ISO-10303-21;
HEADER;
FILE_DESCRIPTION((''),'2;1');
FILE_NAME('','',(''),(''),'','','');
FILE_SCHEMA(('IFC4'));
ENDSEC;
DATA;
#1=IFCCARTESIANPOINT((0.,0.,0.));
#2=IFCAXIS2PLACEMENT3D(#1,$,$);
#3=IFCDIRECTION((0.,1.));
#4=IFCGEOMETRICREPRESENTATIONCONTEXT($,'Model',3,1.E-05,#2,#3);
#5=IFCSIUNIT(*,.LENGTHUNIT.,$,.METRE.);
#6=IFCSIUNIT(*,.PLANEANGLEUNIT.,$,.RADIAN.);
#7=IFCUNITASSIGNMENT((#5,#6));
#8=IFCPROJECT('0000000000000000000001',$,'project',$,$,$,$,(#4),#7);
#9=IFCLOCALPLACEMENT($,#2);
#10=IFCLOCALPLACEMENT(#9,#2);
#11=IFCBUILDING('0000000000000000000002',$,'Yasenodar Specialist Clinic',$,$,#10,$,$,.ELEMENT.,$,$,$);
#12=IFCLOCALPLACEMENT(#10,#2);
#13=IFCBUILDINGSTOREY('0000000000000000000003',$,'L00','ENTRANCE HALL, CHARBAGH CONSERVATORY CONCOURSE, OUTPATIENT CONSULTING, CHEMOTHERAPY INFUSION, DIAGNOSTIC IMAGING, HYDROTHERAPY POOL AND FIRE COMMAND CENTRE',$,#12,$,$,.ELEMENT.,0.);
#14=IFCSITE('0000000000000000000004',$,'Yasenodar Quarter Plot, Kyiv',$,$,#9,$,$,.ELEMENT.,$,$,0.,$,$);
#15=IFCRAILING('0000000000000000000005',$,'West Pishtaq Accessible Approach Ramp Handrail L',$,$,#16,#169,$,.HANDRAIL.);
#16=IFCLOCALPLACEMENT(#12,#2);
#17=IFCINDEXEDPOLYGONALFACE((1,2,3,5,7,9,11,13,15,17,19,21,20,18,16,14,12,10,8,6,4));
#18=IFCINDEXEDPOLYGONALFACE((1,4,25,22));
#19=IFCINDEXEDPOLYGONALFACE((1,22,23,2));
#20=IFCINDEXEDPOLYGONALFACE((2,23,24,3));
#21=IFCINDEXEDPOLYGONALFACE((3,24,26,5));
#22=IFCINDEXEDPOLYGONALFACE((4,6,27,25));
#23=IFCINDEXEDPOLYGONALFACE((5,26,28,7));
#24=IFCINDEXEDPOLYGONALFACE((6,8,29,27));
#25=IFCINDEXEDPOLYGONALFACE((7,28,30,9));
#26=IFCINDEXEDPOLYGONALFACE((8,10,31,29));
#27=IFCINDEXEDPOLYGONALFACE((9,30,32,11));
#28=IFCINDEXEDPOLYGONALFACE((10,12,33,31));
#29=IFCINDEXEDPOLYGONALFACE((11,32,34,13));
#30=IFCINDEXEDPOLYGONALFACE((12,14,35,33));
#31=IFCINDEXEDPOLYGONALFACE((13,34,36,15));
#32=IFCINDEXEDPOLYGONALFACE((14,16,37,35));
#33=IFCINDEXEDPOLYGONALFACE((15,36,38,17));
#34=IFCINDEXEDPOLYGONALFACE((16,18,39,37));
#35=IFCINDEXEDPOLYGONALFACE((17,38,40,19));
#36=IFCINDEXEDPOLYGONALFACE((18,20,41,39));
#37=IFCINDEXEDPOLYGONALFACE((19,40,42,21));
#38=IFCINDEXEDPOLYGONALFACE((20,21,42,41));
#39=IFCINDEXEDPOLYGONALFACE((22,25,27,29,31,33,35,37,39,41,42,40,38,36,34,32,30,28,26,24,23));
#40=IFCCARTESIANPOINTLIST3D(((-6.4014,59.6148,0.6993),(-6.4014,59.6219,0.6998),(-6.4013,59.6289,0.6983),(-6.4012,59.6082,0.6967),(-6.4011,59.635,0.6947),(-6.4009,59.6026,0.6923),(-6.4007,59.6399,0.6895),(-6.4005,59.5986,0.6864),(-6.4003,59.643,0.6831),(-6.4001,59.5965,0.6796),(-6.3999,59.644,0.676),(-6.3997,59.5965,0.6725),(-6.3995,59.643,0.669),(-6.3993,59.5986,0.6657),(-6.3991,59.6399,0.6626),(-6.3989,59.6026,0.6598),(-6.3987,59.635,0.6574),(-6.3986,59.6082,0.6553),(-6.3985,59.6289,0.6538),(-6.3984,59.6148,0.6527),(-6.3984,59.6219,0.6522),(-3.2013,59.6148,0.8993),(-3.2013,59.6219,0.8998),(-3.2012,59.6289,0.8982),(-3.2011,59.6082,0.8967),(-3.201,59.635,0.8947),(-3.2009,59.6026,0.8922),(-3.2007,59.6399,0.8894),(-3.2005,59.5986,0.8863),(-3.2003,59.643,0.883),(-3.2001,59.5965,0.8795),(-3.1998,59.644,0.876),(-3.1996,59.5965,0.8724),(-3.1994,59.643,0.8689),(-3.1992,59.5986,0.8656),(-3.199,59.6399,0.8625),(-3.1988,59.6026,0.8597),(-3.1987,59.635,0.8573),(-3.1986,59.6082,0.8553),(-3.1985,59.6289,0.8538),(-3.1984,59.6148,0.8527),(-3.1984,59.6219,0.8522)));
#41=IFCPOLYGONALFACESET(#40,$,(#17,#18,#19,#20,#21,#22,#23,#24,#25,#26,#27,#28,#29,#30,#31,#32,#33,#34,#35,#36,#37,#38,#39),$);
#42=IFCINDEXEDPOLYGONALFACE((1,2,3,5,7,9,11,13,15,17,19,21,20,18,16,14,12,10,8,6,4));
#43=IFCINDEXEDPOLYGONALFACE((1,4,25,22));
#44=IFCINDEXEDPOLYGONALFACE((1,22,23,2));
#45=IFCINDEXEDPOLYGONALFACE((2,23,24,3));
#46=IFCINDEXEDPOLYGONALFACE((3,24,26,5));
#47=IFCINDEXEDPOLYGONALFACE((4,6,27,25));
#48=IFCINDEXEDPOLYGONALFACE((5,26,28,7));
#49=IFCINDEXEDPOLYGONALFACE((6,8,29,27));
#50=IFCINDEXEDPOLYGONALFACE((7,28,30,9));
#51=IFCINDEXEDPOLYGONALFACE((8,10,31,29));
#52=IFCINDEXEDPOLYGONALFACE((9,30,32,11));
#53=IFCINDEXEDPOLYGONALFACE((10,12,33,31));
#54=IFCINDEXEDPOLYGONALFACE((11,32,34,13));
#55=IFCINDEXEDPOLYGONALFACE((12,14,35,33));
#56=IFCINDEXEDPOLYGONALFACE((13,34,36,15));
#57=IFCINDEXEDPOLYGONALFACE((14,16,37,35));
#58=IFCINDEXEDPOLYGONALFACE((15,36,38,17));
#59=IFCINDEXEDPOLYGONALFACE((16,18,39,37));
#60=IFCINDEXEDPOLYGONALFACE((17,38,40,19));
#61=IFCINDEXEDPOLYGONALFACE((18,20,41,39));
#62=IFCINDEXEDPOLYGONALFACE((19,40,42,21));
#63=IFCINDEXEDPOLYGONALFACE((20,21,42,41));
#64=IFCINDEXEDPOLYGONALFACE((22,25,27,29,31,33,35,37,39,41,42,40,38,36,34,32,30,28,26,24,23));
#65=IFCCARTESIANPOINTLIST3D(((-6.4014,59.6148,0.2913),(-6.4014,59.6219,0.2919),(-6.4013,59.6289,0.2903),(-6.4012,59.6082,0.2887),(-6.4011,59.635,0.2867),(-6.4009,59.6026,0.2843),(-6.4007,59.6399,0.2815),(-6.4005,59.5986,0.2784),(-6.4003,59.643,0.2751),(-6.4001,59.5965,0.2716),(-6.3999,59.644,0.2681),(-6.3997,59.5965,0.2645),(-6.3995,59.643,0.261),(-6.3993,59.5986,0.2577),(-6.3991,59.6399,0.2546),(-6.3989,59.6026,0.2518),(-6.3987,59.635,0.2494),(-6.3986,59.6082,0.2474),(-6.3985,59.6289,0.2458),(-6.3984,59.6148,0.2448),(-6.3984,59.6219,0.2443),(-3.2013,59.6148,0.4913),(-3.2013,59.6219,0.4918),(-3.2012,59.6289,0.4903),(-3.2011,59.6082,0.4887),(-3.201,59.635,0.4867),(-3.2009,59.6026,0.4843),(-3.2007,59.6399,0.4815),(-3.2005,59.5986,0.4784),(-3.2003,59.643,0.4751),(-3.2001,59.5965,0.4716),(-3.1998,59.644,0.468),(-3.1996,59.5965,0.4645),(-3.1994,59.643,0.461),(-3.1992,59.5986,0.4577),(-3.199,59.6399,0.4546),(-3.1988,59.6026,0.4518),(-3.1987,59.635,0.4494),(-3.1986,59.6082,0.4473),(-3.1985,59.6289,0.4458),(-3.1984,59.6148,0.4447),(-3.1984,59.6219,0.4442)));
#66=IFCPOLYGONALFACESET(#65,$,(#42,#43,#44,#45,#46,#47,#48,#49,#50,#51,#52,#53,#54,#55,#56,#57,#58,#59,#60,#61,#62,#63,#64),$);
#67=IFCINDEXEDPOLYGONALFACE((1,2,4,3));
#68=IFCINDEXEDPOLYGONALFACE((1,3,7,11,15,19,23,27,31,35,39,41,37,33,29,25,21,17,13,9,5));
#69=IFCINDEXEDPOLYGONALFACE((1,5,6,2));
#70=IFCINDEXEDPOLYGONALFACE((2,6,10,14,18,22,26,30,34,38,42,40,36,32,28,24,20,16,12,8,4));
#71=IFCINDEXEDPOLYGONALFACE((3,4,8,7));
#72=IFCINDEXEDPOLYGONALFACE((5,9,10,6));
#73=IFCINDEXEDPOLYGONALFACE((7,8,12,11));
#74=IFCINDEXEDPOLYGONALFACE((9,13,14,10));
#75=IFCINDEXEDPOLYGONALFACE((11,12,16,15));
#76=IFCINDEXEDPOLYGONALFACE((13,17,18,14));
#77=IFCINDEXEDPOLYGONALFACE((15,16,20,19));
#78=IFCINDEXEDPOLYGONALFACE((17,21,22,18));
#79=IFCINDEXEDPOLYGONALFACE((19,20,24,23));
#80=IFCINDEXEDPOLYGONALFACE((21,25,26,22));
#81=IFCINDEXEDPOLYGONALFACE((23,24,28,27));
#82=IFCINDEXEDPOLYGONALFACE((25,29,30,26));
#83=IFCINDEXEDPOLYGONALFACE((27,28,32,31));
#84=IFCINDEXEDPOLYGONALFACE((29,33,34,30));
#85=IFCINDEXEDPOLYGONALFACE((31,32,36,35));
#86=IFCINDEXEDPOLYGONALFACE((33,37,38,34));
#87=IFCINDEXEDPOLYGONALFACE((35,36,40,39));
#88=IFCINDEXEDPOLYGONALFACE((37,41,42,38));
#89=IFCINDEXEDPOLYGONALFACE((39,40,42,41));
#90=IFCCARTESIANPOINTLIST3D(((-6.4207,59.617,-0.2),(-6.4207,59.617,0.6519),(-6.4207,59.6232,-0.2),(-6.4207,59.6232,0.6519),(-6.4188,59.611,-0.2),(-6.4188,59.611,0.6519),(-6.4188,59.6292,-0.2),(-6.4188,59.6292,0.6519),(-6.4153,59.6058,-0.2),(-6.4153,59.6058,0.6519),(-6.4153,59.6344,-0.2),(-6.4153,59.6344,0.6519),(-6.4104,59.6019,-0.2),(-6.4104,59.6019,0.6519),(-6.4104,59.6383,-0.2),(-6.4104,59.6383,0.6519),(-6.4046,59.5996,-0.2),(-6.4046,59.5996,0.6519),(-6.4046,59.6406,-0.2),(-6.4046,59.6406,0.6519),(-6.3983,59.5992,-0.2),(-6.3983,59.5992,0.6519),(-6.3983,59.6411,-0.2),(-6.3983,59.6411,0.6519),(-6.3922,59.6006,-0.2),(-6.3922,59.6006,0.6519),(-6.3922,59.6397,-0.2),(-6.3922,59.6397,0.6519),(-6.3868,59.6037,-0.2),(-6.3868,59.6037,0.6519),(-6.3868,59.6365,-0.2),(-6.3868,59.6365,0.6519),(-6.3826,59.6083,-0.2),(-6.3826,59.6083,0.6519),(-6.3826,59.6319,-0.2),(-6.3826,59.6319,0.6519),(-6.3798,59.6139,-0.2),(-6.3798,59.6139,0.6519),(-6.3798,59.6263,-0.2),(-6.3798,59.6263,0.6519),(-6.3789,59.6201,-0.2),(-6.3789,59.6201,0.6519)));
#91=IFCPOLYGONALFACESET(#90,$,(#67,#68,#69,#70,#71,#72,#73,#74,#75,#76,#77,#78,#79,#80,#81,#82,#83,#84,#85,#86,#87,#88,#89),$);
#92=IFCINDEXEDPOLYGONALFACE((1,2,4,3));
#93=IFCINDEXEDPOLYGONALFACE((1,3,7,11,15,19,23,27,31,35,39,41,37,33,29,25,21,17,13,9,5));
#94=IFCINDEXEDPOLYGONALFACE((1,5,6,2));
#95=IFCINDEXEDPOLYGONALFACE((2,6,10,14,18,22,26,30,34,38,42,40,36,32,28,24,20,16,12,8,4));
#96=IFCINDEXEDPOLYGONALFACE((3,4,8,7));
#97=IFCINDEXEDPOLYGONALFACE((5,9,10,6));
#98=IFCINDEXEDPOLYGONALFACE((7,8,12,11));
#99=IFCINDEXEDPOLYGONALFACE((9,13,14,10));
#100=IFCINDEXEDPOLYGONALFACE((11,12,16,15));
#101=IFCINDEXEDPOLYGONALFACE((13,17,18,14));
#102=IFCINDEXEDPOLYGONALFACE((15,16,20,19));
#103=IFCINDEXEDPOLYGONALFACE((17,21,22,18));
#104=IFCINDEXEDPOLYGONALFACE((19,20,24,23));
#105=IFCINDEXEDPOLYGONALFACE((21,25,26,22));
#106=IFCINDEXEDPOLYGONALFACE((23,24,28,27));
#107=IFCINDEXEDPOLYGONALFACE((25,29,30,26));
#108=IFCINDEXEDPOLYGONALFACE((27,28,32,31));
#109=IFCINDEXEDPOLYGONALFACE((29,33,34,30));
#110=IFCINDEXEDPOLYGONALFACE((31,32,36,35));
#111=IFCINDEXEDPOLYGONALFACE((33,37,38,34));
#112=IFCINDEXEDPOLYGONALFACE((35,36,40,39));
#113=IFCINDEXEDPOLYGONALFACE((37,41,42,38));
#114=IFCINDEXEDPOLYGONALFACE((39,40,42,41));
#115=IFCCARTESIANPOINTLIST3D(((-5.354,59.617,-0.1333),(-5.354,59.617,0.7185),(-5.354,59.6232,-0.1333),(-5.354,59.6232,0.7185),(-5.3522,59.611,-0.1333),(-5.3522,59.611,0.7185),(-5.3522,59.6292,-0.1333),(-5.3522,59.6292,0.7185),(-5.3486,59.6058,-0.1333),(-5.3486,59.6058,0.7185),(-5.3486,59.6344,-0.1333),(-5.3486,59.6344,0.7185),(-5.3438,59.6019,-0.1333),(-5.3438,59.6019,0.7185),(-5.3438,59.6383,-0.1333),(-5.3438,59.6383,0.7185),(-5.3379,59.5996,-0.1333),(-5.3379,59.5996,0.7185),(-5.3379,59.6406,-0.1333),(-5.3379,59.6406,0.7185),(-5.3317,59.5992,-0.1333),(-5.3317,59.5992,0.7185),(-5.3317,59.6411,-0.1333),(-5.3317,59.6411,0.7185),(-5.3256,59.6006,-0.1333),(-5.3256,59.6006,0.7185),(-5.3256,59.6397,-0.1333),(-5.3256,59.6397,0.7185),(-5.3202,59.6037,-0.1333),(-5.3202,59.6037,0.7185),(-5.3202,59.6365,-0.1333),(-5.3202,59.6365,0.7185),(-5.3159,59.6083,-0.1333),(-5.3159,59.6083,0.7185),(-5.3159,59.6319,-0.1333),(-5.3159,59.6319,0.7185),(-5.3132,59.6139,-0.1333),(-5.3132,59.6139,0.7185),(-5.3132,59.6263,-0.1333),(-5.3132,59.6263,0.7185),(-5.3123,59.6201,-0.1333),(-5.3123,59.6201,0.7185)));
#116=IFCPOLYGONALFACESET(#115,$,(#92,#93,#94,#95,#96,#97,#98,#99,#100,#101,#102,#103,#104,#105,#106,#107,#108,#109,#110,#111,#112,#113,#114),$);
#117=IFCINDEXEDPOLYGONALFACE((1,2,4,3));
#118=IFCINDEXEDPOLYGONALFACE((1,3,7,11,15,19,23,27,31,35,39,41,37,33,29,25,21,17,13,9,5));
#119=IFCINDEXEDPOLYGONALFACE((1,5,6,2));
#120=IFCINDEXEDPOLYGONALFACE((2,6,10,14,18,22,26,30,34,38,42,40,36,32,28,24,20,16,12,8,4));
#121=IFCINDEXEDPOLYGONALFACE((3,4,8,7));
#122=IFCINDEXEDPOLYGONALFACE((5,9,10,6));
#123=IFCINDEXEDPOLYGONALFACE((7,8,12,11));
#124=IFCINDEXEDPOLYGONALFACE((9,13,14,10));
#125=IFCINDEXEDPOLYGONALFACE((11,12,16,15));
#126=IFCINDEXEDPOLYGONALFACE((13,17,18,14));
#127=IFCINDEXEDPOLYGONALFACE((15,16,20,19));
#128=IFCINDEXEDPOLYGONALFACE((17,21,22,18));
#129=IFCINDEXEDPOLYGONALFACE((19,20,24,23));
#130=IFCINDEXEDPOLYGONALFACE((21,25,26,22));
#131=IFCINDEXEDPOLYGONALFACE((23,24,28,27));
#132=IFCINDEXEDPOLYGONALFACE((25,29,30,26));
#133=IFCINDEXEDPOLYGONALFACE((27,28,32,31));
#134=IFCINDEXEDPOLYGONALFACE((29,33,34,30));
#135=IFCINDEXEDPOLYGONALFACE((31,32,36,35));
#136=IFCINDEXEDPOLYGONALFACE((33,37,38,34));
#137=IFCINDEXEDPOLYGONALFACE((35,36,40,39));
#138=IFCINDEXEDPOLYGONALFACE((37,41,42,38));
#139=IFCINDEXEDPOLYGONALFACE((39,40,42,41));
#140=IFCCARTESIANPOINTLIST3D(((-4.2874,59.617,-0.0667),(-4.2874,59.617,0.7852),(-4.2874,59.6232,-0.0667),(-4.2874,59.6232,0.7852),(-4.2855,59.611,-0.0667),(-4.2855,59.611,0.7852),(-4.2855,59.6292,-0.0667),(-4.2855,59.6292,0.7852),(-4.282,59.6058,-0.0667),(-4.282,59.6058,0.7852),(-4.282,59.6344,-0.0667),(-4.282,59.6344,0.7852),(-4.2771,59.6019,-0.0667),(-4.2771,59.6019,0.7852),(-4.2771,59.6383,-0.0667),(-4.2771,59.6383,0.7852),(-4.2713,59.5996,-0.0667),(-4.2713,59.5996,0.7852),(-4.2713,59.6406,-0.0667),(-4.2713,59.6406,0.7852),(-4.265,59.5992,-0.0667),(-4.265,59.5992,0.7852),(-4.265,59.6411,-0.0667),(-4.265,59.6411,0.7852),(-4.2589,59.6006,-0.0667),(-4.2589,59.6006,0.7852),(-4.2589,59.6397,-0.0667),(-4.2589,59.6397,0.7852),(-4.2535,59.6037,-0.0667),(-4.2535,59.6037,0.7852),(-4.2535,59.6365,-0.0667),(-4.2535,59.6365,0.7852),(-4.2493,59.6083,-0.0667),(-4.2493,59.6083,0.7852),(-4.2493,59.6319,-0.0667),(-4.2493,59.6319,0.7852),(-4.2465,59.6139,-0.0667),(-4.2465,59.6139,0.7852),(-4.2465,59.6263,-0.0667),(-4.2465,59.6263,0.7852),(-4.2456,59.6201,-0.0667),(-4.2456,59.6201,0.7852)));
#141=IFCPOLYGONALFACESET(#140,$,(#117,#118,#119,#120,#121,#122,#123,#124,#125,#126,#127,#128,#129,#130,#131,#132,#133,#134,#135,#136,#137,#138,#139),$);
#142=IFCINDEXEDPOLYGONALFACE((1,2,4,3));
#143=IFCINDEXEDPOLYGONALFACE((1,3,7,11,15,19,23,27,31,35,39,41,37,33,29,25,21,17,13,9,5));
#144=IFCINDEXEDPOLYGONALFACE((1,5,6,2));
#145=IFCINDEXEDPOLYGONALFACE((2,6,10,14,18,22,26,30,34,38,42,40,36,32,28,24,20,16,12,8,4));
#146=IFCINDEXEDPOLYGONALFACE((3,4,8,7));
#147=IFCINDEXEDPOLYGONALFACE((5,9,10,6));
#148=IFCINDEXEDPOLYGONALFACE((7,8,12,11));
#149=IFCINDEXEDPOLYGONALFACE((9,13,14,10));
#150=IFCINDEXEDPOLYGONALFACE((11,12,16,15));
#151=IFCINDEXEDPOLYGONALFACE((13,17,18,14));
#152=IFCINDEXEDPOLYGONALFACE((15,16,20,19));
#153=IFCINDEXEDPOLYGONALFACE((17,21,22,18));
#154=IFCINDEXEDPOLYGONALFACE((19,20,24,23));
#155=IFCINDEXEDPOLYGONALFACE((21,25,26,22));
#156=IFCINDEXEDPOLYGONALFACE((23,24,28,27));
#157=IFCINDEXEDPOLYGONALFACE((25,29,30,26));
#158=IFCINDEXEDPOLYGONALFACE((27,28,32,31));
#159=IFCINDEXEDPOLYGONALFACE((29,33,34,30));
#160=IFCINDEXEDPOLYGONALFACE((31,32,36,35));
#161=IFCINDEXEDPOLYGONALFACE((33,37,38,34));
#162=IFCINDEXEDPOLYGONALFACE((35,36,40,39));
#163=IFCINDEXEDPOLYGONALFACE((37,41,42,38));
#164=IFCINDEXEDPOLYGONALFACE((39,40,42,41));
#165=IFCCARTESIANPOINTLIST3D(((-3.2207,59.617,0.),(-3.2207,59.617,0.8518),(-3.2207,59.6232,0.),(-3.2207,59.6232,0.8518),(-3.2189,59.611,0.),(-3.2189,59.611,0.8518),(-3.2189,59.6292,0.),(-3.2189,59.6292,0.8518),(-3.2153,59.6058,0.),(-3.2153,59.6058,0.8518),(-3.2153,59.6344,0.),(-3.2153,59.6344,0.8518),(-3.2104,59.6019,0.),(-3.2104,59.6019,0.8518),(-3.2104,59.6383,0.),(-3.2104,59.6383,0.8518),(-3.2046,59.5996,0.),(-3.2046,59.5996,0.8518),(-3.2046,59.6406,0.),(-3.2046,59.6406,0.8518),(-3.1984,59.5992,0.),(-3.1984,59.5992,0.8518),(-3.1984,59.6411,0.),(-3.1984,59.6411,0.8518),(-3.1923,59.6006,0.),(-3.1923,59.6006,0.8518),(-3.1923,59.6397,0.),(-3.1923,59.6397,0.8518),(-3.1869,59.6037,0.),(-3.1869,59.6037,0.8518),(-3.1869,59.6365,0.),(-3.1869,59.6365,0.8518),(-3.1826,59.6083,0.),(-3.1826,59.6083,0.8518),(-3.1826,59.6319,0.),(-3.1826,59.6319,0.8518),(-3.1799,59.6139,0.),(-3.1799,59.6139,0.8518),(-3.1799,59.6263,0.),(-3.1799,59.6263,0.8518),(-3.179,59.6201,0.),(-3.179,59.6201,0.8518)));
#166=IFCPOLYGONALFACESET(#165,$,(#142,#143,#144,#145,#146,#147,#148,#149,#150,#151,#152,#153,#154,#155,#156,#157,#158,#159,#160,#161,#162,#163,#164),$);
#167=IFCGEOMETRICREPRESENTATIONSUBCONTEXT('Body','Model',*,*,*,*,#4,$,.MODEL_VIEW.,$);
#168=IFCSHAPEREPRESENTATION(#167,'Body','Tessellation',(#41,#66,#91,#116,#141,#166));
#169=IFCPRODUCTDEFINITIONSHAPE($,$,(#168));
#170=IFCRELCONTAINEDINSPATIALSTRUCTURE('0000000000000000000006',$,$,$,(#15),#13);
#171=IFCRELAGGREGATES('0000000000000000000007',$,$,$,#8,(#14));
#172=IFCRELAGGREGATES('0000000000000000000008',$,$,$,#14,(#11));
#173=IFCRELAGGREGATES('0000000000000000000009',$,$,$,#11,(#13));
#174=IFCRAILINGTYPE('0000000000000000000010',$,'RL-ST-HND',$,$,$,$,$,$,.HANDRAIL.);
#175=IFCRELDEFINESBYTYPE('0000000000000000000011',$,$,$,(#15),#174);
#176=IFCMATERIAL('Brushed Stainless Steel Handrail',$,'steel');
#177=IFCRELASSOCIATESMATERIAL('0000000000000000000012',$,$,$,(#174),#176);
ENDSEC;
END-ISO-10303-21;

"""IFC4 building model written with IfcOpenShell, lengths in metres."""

from ifc_helpers import new_model, si_unit, direction, frame, origin, origin_2d, place, context, subcontext, project, spatial, circle, extrude, material, type_object, element, save


model = new_model("IFC4")

# Units and contexts
model_context = context("Model", 3, precision=1e-05, world=origin(), true_north=direction((0.0, 1.0)))
body_context = subcontext(model_context, "Body", "Model", "MODEL_VIEW")
ifc_project = project(units=[si_unit("LENGTHUNIT", "METRE"), si_unit("PLANEANGLEUNIT", "RADIAN")], contexts=[model_context])

# Site, building, storey
site_placement = place(None, origin())
site = spatial("IfcSite", under=ifc_project, at=site_placement, Name="Yasenodar Quarter Plot, Kyiv", CompositionType="ELEMENT", RefElevation=0.0)
building_placement = place(site_placement, origin())
building = spatial("IfcBuilding", under=site, at=building_placement, Name="Yasenodar Specialist Clinic", CompositionType="ELEMENT")
storey_placement = place(building_placement, origin())
storey = spatial("IfcBuildingStorey", under=building, at=storey_placement, Name="L00", Description="ENTRANCE HALL, CHARBAGH CONSERVATORY CONCOURSE, OUTPATIENT CONSULTING, CHEMOTHERAPY INFUSION, DIAGNOSTIC IMAGING, HYDROTHERAPY POOL AND FIRE COMMAND CENTRE", CompositionType="ELEMENT", Elevation=0.0)

# Railing
ifc_material_1 = material(Name="Brushed Stainless Steel Handrail", Category="steel")
railing_type = type_object("IfcRailingType", Name="RL-ST-HND", PredefinedType="HANDRAIL", material=ifc_material_1)
for number, where, name in (
    (1, (-6.3999, 59.6201, -0.2), "West Pishtaq Accessible Approach Ramp Handrail L"),
):
    element("IfcRailing", number, at=place(storey_placement, frame(where)), inside=storey, type_object=railing_type, Name=name, PredefinedType="HANDRAIL", context=body_context, shape_type="SweptSolid", body=[
        extrude(circle(Radius=0.0239, at=origin_2d()), frame((0.0, 0.0, 0.876), z_axis=(0.998053, 0.0, 0.062364), x_axis=(0.0, 1.0, 0.0)), (0.0, 0.0, 1.0), 3.2063),
        extrude(circle(Radius=0.0239, at=origin_2d()), frame((0.0, 0.0, 0.468), z_axis=(0.998053, 0.0, 0.062364), x_axis=(0.0, 1.0, 0.0)), (0.0, 0.0, 1.0), 3.2063),
        extrude(circle(Radius=0.021, at=origin_2d()), origin(), (0.0, 0.0, 1.0), 0.8518),
        extrude(circle(Radius=0.021, at=origin_2d()), frame((1.0667, 0.0, 0.0667)), (0.0, 0.0, 1.0), 0.8518),
        extrude(circle(Radius=0.021, at=origin_2d()), frame((2.1333, 0.0, 0.1333)), (0.0, 0.0, 1.0), 0.8518),
        extrude(circle(Radius=0.021, at=origin_2d()), frame((3.2, 0.0, 0.2)), (0.0, 0.0, 1.0), 0.8518),
    ])

save(model, "model.ifc")
